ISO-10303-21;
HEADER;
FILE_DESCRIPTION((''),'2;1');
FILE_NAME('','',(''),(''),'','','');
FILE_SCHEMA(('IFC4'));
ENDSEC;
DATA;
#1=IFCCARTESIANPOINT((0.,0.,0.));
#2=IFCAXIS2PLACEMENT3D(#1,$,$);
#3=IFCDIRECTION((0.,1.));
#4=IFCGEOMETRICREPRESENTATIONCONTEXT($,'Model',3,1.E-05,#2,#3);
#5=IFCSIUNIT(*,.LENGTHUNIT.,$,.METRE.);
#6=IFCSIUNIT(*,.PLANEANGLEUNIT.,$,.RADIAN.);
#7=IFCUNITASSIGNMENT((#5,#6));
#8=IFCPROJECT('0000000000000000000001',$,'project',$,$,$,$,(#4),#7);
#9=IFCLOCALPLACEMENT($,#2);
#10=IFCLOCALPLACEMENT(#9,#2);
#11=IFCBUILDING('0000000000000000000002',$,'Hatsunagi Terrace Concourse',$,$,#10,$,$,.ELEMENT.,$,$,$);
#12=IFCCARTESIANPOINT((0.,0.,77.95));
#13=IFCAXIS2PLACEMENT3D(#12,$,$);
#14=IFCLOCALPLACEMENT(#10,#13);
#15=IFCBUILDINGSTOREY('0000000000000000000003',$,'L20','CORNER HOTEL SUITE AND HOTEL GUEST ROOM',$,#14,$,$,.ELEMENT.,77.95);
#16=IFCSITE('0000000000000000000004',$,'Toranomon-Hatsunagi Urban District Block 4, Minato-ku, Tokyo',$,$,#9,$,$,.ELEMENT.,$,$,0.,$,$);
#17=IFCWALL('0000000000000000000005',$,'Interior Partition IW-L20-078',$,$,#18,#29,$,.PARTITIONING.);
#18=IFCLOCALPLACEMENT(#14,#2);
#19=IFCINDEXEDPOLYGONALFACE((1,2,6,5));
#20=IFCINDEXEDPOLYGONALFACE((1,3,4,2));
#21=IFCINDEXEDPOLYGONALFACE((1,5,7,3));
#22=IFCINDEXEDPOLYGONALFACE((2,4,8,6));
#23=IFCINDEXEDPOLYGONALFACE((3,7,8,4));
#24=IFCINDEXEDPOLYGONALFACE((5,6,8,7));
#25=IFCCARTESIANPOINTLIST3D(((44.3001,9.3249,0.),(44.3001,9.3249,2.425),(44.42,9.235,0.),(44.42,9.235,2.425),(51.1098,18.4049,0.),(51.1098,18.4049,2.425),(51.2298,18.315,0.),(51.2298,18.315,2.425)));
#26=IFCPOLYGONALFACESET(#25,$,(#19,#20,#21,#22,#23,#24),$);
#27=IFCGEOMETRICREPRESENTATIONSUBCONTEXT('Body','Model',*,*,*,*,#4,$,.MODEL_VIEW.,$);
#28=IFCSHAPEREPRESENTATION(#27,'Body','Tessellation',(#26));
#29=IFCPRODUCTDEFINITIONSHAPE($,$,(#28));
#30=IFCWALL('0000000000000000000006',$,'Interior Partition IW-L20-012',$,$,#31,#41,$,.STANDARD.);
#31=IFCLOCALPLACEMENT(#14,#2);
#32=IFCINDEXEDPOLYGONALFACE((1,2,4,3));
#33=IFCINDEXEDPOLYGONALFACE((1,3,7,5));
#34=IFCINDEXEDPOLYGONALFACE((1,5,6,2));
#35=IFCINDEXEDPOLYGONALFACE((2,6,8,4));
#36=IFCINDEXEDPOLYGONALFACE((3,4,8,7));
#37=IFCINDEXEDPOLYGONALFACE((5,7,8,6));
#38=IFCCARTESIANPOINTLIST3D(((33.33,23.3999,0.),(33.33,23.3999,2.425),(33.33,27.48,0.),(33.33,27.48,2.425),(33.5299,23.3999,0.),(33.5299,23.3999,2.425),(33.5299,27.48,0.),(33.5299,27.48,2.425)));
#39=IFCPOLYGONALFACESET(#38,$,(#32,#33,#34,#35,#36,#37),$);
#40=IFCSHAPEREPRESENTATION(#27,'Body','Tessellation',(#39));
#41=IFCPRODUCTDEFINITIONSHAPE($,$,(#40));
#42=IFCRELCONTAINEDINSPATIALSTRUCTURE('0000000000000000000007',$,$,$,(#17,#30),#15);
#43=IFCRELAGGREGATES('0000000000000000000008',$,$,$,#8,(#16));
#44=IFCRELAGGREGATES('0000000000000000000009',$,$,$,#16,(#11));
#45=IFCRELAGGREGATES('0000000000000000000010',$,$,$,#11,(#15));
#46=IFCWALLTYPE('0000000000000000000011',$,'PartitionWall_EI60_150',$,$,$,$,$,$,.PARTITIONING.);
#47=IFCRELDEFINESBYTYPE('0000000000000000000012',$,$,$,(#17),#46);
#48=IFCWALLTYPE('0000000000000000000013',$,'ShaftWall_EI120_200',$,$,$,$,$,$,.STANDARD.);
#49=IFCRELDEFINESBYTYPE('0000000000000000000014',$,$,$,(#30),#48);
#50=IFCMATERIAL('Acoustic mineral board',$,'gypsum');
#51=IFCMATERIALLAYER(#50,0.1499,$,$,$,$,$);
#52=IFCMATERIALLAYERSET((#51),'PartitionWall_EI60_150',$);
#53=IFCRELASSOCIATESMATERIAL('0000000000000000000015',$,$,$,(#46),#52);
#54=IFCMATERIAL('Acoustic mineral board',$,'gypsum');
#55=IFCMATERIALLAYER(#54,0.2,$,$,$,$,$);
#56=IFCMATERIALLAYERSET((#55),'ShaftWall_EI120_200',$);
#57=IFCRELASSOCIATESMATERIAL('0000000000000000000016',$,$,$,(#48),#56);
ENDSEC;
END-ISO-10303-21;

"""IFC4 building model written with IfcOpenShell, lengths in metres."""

from ifc_helpers import new_model, si_unit, direction, frame, frame_2d, origin, place, context, subcontext, project, spatial, rectangle, extrude, material, layer, layer_set, type_object, element, save


model = new_model("IFC4")

# Units and contexts
model_context = context("Model", 3, precision=1e-05, world=origin(), true_north=direction((0.0, 1.0)))
body_context = subcontext(model_context, "Body", "Model", "MODEL_VIEW")
ifc_project = project(units=[si_unit("LENGTHUNIT", "METRE"), si_unit("PLANEANGLEUNIT", "RADIAN")], contexts=[model_context])

# Site, building, storey
site_placement = place(None, origin())
site = spatial("IfcSite", under=ifc_project, at=site_placement, Name="Toranomon-Hatsunagi Urban District Block 4, Minato-ku, Tokyo", CompositionType="ELEMENT", RefElevation=0.0)
building_placement = place(site_placement, origin())
building = spatial("IfcBuilding", under=site, at=building_placement, Name="Hatsunagi Terrace Concourse", CompositionType="ELEMENT")
storey_placement = place(building_placement, frame((0.0, 0.0, 77.95)))
storey = spatial("IfcBuildingStorey", under=building, at=storey_placement, Name="L20", Description="CORNER HOTEL SUITE AND HOTEL GUEST ROOM", CompositionType="ELEMENT", Elevation=77.95)

# Shared definitions
ifc_material_1 = material(Name="Acoustic mineral board", Category="gypsum")
ifc_layer_1 = layer(ifc_material_1, 0.1499)
ifc_layer_set_1 = layer_set([ifc_layer_1], Name="PartitionWall_EI60_150")
wall_type_1 = type_object("IfcWallType", Name="PartitionWall_EI60_150", PredefinedType="PARTITIONING", material=ifc_layer_set_1)

# Walls
wall_1_placement = place(storey_placement, frame((44.3601, 9.28, 0.0), z_axis=(0.0, 0.0, 1.0), x_axis=(0.599986, 0.80001, 0.0)))
element("IfcWall", 1, at=wall_1_placement, inside=storey, type_object=wall_type_1, Name="Interior Partition IW-L20-078", PredefinedType="PARTITIONING", context=body_context, shape_type="SweptSolid", body=[
    extrude(rectangle(XDim=11.3499, YDim=0.1499, at=frame_2d((5.6748, 0.0))), origin(), (0.0, 0.0, 1.0), 2.425),
])
ifc_material_2 = material(Name="Acoustic mineral board", Category="gypsum")
ifc_layer_2 = layer(ifc_material_2, 0.2)
ifc_layer_set_2 = layer_set([ifc_layer_2], Name="ShaftWall_EI120_200")
wall_type_2 = type_object("IfcWallType", Name="ShaftWall_EI120_200", PredefinedType="STANDARD", material=ifc_layer_set_2)
wall_2_placement = place(storey_placement, frame((33.4299, 23.3999, 0.0), z_axis=(0.0, 0.0, 1.0), x_axis=(0.0, 1.0, 0.0)))
element("IfcWall", 2, at=wall_2_placement, inside=storey, type_object=wall_type_2, Name="Interior Partition IW-L20-012", PredefinedType="STANDARD", context=body_context, shape_type="SweptSolid", body=[
    extrude(rectangle(XDim=4.0801, YDim=0.2, at=frame_2d((2.04, 0.0))), origin(), (0.0, 0.0, 1.0), 2.425),
])

save(model, "model.ifc")
